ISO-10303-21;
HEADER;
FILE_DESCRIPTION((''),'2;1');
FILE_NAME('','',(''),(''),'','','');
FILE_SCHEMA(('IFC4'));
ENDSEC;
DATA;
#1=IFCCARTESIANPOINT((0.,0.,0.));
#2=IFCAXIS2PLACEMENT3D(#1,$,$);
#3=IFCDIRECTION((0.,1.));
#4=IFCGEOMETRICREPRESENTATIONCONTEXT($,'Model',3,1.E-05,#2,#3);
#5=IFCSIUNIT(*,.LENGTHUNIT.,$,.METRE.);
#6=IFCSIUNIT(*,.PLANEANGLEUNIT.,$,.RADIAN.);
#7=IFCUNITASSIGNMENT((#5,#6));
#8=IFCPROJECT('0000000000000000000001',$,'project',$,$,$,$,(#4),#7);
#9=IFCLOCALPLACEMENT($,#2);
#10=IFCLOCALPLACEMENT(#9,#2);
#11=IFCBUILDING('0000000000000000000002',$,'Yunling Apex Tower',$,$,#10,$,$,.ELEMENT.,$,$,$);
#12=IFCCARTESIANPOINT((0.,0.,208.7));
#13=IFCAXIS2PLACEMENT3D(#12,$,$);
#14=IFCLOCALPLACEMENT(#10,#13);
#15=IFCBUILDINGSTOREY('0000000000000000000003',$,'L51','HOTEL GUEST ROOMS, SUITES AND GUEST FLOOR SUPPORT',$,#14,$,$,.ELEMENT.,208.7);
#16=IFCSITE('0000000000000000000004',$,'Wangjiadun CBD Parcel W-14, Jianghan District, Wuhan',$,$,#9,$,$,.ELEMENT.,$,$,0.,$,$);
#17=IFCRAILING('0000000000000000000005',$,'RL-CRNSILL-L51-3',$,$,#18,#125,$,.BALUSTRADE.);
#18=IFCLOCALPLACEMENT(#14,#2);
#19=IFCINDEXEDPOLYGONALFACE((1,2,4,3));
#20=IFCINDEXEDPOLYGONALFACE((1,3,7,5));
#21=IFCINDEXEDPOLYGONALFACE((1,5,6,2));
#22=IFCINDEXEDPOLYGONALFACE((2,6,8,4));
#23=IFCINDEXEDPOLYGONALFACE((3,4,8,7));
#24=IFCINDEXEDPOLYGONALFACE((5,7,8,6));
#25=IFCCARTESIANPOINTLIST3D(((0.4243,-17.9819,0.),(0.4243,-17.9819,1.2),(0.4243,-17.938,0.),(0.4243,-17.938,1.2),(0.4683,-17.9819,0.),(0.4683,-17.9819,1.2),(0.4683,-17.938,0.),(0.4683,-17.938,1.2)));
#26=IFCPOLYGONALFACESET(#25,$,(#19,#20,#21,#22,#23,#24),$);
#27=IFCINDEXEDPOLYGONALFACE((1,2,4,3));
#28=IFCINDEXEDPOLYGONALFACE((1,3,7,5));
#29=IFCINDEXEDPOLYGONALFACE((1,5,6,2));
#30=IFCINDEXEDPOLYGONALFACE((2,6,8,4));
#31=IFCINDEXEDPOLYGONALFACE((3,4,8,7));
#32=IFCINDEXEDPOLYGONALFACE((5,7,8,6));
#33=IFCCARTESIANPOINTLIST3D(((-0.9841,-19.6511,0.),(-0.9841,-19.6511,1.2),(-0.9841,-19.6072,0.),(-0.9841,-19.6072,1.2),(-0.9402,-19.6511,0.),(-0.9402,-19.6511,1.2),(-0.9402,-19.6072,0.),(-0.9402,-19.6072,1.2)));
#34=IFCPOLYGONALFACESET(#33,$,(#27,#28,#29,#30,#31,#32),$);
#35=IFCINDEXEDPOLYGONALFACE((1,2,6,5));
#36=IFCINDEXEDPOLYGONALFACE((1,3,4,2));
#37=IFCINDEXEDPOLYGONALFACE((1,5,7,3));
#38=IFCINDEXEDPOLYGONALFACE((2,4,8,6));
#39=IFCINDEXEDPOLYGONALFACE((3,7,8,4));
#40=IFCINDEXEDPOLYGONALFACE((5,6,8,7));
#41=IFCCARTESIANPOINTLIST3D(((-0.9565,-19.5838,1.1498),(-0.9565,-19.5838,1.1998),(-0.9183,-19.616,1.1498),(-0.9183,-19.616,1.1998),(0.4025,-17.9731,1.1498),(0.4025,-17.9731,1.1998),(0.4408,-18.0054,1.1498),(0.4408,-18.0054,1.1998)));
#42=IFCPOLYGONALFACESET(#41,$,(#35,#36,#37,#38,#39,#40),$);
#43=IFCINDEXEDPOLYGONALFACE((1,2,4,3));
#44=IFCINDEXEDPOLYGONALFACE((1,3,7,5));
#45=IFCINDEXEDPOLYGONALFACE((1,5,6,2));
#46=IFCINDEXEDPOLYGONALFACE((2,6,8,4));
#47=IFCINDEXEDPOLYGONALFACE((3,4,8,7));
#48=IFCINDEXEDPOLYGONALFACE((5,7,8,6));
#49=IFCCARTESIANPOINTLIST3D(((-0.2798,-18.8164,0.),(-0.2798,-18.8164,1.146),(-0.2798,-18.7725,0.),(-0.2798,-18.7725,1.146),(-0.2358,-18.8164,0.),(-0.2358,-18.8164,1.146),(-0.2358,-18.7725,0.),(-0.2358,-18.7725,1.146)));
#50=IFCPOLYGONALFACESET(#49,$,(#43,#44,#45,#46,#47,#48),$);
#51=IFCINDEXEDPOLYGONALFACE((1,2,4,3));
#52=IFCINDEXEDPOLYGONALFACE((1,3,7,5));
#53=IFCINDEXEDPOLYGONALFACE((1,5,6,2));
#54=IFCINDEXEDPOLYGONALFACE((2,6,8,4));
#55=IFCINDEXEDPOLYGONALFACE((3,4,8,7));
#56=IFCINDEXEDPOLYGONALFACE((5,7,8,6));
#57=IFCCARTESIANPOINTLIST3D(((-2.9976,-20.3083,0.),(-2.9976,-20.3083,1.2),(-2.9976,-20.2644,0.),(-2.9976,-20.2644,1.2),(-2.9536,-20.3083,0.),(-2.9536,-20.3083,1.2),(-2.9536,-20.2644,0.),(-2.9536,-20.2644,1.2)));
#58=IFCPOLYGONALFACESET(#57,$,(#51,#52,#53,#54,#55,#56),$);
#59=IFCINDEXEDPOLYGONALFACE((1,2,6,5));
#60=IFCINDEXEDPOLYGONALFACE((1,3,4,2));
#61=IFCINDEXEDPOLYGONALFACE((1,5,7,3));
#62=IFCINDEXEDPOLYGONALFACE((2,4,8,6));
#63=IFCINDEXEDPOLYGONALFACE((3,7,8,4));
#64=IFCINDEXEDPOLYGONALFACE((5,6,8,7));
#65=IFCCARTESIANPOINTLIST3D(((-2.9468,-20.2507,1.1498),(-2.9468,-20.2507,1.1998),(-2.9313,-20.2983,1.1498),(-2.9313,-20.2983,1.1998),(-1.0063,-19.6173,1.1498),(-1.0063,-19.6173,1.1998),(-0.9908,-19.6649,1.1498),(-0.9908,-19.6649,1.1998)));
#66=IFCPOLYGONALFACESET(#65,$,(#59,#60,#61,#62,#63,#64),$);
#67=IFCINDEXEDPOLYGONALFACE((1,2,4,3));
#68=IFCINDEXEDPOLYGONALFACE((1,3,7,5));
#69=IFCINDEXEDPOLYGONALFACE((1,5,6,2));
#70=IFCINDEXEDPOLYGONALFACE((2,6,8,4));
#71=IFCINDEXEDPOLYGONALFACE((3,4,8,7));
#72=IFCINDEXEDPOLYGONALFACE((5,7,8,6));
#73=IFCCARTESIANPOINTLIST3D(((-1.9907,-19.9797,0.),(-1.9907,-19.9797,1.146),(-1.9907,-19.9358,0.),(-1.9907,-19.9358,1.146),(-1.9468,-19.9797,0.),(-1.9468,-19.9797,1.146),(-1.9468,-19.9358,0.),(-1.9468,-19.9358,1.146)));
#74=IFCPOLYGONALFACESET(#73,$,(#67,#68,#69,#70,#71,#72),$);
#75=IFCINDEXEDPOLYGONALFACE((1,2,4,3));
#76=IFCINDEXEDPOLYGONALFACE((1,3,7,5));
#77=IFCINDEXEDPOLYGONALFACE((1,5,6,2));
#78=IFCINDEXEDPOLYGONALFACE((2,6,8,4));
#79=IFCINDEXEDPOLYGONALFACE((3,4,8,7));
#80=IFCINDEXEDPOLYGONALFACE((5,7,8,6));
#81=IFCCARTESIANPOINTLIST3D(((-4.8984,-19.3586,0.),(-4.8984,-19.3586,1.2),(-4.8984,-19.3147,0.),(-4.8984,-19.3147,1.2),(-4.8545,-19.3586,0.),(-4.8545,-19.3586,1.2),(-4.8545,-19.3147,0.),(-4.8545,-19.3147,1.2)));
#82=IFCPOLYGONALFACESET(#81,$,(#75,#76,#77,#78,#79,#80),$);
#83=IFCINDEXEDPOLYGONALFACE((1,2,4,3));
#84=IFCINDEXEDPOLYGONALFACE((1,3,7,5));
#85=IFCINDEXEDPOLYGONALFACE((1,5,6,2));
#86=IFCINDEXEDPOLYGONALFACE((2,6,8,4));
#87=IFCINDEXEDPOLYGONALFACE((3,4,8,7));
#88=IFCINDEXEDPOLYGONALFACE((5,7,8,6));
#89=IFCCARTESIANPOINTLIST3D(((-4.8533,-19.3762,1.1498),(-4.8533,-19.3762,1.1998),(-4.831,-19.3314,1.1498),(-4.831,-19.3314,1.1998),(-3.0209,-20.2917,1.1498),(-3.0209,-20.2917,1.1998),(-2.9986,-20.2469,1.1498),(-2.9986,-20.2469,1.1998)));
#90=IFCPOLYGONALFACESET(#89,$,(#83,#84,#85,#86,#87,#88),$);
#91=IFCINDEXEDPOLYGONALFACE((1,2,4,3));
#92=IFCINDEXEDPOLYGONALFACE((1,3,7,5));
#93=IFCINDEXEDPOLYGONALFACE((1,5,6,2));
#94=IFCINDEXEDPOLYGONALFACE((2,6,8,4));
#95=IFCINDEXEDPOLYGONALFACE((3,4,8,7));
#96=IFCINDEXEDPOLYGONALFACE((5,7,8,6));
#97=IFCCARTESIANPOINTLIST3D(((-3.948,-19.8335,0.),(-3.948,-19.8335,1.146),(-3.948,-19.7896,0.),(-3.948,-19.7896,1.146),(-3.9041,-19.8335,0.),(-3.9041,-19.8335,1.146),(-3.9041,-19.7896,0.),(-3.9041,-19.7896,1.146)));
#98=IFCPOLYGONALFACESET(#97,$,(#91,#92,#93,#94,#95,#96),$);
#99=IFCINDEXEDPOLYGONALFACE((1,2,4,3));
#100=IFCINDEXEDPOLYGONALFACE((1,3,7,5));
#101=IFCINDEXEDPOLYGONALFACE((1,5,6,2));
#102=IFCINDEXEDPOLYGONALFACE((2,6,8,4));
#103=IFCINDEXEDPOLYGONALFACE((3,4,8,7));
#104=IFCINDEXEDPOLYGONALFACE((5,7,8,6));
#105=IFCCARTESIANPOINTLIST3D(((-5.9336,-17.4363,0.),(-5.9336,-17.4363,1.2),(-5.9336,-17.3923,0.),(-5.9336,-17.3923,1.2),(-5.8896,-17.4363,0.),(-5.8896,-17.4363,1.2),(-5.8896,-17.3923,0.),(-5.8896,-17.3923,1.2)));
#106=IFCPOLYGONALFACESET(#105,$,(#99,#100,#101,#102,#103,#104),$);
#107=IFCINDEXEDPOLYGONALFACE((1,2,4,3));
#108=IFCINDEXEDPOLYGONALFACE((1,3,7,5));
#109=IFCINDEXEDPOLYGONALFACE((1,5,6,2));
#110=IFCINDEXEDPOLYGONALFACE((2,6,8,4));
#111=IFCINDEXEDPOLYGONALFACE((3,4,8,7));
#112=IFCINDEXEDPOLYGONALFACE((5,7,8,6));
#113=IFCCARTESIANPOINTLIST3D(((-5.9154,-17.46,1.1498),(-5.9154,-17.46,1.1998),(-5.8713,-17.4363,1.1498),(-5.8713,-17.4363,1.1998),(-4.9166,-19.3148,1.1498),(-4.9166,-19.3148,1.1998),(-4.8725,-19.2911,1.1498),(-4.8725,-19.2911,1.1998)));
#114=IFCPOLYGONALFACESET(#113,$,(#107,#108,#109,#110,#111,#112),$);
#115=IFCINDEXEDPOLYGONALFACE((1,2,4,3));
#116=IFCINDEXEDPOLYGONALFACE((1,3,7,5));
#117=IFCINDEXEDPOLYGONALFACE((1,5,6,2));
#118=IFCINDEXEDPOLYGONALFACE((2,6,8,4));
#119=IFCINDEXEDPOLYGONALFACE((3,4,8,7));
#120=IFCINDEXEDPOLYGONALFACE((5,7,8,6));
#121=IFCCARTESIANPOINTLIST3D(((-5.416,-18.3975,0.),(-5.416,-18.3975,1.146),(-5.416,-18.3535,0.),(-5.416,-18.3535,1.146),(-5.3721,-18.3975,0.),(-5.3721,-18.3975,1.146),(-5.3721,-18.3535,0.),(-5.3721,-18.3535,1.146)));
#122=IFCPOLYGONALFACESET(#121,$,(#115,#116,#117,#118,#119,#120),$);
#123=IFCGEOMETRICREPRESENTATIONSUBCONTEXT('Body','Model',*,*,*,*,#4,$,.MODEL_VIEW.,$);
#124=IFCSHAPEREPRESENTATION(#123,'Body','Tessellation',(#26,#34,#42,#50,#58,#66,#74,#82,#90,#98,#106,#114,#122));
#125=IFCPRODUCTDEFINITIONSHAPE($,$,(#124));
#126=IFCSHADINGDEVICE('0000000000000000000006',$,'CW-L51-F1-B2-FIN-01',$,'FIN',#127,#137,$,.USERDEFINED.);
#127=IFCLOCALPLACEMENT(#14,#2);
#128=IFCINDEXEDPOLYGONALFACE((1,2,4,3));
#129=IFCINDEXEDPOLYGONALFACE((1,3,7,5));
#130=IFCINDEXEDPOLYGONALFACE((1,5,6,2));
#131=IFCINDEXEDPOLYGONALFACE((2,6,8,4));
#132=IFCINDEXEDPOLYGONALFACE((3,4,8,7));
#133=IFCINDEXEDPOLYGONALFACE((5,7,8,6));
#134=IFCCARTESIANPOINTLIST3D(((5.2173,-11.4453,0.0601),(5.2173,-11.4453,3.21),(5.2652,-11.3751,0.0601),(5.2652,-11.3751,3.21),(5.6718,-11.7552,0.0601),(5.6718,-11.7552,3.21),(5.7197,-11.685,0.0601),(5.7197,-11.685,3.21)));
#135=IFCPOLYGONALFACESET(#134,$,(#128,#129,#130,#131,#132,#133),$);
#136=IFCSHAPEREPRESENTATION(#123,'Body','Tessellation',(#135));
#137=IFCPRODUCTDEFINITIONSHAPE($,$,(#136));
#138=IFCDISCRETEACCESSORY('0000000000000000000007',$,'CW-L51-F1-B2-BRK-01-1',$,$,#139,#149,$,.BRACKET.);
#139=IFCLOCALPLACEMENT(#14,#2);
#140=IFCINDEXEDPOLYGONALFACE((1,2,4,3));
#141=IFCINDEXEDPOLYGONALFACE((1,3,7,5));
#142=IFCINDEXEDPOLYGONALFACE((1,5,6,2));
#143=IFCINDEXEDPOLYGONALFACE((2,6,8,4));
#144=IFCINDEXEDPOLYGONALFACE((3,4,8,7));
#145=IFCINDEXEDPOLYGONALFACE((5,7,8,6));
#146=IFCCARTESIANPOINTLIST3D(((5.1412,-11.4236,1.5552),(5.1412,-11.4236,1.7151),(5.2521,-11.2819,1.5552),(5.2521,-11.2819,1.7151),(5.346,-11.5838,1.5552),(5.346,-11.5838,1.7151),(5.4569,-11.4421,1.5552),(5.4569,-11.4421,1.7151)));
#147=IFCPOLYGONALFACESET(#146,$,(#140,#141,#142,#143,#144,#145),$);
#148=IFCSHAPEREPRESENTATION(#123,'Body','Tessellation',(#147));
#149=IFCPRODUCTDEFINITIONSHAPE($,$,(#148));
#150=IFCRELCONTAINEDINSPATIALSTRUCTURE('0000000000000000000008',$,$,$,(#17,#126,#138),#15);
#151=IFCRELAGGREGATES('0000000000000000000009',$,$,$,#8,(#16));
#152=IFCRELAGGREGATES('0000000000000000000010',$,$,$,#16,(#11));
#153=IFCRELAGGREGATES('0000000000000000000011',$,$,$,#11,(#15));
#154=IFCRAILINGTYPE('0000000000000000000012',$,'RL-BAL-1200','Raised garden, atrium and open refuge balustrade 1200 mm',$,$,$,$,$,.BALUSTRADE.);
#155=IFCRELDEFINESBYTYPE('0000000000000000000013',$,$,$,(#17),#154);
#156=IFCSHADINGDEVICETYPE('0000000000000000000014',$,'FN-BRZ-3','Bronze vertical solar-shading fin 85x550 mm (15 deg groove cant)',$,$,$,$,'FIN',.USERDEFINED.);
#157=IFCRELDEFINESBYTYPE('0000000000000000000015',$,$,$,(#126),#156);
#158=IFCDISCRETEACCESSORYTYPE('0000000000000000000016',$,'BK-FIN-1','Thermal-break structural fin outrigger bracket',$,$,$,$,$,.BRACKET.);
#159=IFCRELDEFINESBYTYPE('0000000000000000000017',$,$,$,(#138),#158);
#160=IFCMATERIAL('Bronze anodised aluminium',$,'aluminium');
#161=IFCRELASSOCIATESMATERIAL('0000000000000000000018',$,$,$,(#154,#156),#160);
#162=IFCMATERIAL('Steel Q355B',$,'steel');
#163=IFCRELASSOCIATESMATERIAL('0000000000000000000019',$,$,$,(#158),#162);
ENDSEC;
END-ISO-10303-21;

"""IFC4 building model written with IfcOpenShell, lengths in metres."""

from ifc_helpers import new_model, si_unit, direction, frame, origin, origin_2d, place, context, subcontext, project, spatial, rectangle, extrude, source, transform, mapped, material, material_profile, profile_set, type_object, element, save


model = new_model("IFC4")

# Units and contexts
model_context = context("Model", 3, precision=1e-05, world=origin(), true_north=direction((0.0, 1.0)))
body_context = subcontext(model_context, "Body", "Model", "MODEL_VIEW")
ifc_project = project(units=[si_unit("LENGTHUNIT", "METRE"), si_unit("PLANEANGLEUNIT", "RADIAN")], contexts=[model_context])

# Site, building, storey
site_placement = place(None, origin())
site = spatial("IfcSite", under=ifc_project, at=site_placement, Name="Wangjiadun CBD Parcel W-14, Jianghan District, Wuhan", CompositionType="ELEMENT", RefElevation=0.0)
building_placement = place(site_placement, origin())
building = spatial("IfcBuilding", under=site, at=building_placement, Name="Yunling Apex Tower", CompositionType="ELEMENT")
storey_placement = place(building_placement, frame((0.0, 0.0, 208.7)))
storey = spatial("IfcBuildingStorey", under=building, at=storey_placement, Name="L51", Description="HOTEL GUEST ROOMS, SUITES AND GUEST FLOOR SUPPORT", CompositionType="ELEMENT", Elevation=208.7)

# Shared definitions
ifc_material_1 = material(Name="Steel Q355B", Category="steel")

# Shared definitions
ifc_material_2 = material(Name="Bronze anodised aluminium", Category="aluminium")

# Railing
railing_type = type_object("IfcRailingType", Name="RL-BAL-1200", Description="Raised garden, atrium and open refuge balustrade 1200 mm", PredefinedType="BALUSTRADE", material=ifc_material_2)
railing_placement = place(storey_placement, frame((0.4463, -17.96, 0.0)))
element("IfcRailing", 1, at=railing_placement, inside=storey, type_object=railing_type, Name="RL-CRNSILL-L51-3", PredefinedType="BALUSTRADE", context=body_context, shape_type="SweptSolid", body=[
    extrude(rectangle(XDim=0.0439, YDim=0.0439, at=origin_2d()), origin(), (0.0, 0.0, 1.0), 1.2),
    extrude(rectangle(XDim=0.0439, YDim=0.0439, at=origin_2d()), frame((-1.4084, -1.6692, 0.0)), (0.0, 0.0, 1.0), 1.2),
    extrude(rectangle(XDim=0.05, YDim=0.05, at=origin_2d()), frame((-0.0247, -0.0293, 1.1748), z_axis=(-0.644889, -0.764276, 0.0), x_axis=(0.764276, -0.644889, 0.0)), (0.0, 0.0, 1.0), 2.1074),
    extrude(rectangle(XDim=0.0439, YDim=0.0439, at=origin_2d()), frame((-0.7041, -0.8345, 0.0)), (0.0, 0.0, 1.0), 1.146),
    extrude(rectangle(XDim=0.0439, YDim=0.0439, at=origin_2d()), frame((-3.4219, -2.3264, 0.0)), (0.0, 0.0, 1.0), 1.2),
    extrude(rectangle(XDim=0.05, YDim=0.05, at=origin_2d()), frame((-1.4448, -1.6812, 1.1748), z_axis=(-0.950636, -0.310308, 0.0), x_axis=(0.310308, -0.950636, 0.0)), (0.0, 0.0, 1.0), 2.0413),
    extrude(rectangle(XDim=0.0439, YDim=0.0439, at=origin_2d()), frame((-2.415, -1.9978, 0.0)), (0.0, 0.0, 1.0), 1.146),
    extrude(rectangle(XDim=0.0439, YDim=0.0439, at=origin_2d()), frame((-5.3228, -1.3767, 0.0)), (0.0, 0.0, 1.0), 1.2),
    extrude(rectangle(XDim=0.05, YDim=0.05, at=origin_2d()), frame((-3.4561, -2.3093, 1.1748), z_axis=(-0.894565, 0.446938, 0.0), x_axis=(-0.446938, -0.894565, 0.0)), (0.0, 0.0, 1.0), 2.0483),
    extrude(rectangle(XDim=0.0439, YDim=0.0439, at=origin_2d()), frame((-4.3723, -1.8516, 0.0)), (0.0, 0.0, 1.0), 1.146),
    extrude(rectangle(XDim=0.0439, YDim=0.0439, at=origin_2d()), frame((-6.3579, 0.5457, 0.0)), (0.0, 0.0, 1.0), 1.2),
    extrude(rectangle(XDim=0.05, YDim=0.05, at=origin_2d()), frame((-5.3408, -1.343, 1.1748), z_axis=(-0.474113, 0.880464, 0.0), x_axis=(-0.880464, -0.474113, 0.0)), (0.0, 0.0, 1.0), 2.1067),
    extrude(rectangle(XDim=0.0439, YDim=0.0439, at=origin_2d()), frame((-5.8403, -0.4155, 0.0)), (0.0, 0.0, 1.0), 1.146),
])

# Shading device
ifc_material_profile_1 = material_profile(ifc_material_2, rectangle(XDim=0.085, YDim=0.55, at=origin_2d()))
ifc_profile_set_1 = profile_set([ifc_material_profile_1], Name="Bronze anodised aluminium")
shading_device_type = type_object("IfcShadingDeviceType", Name="FN-BRZ-3", Description="Bronze vertical solar-shading fin 85x550 mm (15 deg groove cant)", ElementType="FIN", PredefinedType="USERDEFINED", material=ifc_profile_set_1)
shared_shape_1 = source(origin(), body_context, "Body", "SweptSolid", [
    extrude(rectangle(XDim=0.085, YDim=0.55, at=origin_2d()), origin(), (0.0, 0.0, 1.0), 3.1499),
])
shading_device_placement = place(storey_placement, frame((5.4685, -11.5652, 0.0601), z_axis=(0.0, 0.0, 1.0), x_axis=(0.563382, 0.826197, 0.0)))
element("IfcShadingDevice", 2, at=shading_device_placement, inside=storey, type_object=shading_device_type, Name="CW-L51-F1-B2-FIN-01", ObjectType="FIN", PredefinedType="USERDEFINED", context=body_context, shape_type="MappedRepresentation", body=[
    mapped(shared_shape_1, transform((0.0, 0.0, 0.0), scale=1.0)),
])

# Discrete accessory
discrete_accessory_type = type_object("IfcDiscreteAccessoryType", Name="BK-FIN-1", Description="Thermal-break structural fin outrigger bracket", PredefinedType="BRACKET", material=ifc_material_1)
shared_shape_2 = source(origin(), body_context, "Body", "SweptSolid", [
    extrude(rectangle(XDim=0.1799, YDim=0.26, at=origin_2d()), origin(), (0.0, 0.0, 1.0), 0.1599),
])
discrete_accessory_placement = place(storey_placement, frame((5.2991, -11.4329, 1.5552), z_axis=(0.0, 0.0, 1.0), x_axis=(0.616211, 0.787581, 0.0)))
element("IfcDiscreteAccessory", 3, at=discrete_accessory_placement, inside=storey, type_object=discrete_accessory_type, Name="CW-L51-F1-B2-BRK-01-1", PredefinedType="BRACKET", context=body_context, shape_type="MappedRepresentation", body=[
    mapped(shared_shape_2, transform((0.0, 0.0, 0.0), scale=1.0)),
])

save(model, "model.ifc")
